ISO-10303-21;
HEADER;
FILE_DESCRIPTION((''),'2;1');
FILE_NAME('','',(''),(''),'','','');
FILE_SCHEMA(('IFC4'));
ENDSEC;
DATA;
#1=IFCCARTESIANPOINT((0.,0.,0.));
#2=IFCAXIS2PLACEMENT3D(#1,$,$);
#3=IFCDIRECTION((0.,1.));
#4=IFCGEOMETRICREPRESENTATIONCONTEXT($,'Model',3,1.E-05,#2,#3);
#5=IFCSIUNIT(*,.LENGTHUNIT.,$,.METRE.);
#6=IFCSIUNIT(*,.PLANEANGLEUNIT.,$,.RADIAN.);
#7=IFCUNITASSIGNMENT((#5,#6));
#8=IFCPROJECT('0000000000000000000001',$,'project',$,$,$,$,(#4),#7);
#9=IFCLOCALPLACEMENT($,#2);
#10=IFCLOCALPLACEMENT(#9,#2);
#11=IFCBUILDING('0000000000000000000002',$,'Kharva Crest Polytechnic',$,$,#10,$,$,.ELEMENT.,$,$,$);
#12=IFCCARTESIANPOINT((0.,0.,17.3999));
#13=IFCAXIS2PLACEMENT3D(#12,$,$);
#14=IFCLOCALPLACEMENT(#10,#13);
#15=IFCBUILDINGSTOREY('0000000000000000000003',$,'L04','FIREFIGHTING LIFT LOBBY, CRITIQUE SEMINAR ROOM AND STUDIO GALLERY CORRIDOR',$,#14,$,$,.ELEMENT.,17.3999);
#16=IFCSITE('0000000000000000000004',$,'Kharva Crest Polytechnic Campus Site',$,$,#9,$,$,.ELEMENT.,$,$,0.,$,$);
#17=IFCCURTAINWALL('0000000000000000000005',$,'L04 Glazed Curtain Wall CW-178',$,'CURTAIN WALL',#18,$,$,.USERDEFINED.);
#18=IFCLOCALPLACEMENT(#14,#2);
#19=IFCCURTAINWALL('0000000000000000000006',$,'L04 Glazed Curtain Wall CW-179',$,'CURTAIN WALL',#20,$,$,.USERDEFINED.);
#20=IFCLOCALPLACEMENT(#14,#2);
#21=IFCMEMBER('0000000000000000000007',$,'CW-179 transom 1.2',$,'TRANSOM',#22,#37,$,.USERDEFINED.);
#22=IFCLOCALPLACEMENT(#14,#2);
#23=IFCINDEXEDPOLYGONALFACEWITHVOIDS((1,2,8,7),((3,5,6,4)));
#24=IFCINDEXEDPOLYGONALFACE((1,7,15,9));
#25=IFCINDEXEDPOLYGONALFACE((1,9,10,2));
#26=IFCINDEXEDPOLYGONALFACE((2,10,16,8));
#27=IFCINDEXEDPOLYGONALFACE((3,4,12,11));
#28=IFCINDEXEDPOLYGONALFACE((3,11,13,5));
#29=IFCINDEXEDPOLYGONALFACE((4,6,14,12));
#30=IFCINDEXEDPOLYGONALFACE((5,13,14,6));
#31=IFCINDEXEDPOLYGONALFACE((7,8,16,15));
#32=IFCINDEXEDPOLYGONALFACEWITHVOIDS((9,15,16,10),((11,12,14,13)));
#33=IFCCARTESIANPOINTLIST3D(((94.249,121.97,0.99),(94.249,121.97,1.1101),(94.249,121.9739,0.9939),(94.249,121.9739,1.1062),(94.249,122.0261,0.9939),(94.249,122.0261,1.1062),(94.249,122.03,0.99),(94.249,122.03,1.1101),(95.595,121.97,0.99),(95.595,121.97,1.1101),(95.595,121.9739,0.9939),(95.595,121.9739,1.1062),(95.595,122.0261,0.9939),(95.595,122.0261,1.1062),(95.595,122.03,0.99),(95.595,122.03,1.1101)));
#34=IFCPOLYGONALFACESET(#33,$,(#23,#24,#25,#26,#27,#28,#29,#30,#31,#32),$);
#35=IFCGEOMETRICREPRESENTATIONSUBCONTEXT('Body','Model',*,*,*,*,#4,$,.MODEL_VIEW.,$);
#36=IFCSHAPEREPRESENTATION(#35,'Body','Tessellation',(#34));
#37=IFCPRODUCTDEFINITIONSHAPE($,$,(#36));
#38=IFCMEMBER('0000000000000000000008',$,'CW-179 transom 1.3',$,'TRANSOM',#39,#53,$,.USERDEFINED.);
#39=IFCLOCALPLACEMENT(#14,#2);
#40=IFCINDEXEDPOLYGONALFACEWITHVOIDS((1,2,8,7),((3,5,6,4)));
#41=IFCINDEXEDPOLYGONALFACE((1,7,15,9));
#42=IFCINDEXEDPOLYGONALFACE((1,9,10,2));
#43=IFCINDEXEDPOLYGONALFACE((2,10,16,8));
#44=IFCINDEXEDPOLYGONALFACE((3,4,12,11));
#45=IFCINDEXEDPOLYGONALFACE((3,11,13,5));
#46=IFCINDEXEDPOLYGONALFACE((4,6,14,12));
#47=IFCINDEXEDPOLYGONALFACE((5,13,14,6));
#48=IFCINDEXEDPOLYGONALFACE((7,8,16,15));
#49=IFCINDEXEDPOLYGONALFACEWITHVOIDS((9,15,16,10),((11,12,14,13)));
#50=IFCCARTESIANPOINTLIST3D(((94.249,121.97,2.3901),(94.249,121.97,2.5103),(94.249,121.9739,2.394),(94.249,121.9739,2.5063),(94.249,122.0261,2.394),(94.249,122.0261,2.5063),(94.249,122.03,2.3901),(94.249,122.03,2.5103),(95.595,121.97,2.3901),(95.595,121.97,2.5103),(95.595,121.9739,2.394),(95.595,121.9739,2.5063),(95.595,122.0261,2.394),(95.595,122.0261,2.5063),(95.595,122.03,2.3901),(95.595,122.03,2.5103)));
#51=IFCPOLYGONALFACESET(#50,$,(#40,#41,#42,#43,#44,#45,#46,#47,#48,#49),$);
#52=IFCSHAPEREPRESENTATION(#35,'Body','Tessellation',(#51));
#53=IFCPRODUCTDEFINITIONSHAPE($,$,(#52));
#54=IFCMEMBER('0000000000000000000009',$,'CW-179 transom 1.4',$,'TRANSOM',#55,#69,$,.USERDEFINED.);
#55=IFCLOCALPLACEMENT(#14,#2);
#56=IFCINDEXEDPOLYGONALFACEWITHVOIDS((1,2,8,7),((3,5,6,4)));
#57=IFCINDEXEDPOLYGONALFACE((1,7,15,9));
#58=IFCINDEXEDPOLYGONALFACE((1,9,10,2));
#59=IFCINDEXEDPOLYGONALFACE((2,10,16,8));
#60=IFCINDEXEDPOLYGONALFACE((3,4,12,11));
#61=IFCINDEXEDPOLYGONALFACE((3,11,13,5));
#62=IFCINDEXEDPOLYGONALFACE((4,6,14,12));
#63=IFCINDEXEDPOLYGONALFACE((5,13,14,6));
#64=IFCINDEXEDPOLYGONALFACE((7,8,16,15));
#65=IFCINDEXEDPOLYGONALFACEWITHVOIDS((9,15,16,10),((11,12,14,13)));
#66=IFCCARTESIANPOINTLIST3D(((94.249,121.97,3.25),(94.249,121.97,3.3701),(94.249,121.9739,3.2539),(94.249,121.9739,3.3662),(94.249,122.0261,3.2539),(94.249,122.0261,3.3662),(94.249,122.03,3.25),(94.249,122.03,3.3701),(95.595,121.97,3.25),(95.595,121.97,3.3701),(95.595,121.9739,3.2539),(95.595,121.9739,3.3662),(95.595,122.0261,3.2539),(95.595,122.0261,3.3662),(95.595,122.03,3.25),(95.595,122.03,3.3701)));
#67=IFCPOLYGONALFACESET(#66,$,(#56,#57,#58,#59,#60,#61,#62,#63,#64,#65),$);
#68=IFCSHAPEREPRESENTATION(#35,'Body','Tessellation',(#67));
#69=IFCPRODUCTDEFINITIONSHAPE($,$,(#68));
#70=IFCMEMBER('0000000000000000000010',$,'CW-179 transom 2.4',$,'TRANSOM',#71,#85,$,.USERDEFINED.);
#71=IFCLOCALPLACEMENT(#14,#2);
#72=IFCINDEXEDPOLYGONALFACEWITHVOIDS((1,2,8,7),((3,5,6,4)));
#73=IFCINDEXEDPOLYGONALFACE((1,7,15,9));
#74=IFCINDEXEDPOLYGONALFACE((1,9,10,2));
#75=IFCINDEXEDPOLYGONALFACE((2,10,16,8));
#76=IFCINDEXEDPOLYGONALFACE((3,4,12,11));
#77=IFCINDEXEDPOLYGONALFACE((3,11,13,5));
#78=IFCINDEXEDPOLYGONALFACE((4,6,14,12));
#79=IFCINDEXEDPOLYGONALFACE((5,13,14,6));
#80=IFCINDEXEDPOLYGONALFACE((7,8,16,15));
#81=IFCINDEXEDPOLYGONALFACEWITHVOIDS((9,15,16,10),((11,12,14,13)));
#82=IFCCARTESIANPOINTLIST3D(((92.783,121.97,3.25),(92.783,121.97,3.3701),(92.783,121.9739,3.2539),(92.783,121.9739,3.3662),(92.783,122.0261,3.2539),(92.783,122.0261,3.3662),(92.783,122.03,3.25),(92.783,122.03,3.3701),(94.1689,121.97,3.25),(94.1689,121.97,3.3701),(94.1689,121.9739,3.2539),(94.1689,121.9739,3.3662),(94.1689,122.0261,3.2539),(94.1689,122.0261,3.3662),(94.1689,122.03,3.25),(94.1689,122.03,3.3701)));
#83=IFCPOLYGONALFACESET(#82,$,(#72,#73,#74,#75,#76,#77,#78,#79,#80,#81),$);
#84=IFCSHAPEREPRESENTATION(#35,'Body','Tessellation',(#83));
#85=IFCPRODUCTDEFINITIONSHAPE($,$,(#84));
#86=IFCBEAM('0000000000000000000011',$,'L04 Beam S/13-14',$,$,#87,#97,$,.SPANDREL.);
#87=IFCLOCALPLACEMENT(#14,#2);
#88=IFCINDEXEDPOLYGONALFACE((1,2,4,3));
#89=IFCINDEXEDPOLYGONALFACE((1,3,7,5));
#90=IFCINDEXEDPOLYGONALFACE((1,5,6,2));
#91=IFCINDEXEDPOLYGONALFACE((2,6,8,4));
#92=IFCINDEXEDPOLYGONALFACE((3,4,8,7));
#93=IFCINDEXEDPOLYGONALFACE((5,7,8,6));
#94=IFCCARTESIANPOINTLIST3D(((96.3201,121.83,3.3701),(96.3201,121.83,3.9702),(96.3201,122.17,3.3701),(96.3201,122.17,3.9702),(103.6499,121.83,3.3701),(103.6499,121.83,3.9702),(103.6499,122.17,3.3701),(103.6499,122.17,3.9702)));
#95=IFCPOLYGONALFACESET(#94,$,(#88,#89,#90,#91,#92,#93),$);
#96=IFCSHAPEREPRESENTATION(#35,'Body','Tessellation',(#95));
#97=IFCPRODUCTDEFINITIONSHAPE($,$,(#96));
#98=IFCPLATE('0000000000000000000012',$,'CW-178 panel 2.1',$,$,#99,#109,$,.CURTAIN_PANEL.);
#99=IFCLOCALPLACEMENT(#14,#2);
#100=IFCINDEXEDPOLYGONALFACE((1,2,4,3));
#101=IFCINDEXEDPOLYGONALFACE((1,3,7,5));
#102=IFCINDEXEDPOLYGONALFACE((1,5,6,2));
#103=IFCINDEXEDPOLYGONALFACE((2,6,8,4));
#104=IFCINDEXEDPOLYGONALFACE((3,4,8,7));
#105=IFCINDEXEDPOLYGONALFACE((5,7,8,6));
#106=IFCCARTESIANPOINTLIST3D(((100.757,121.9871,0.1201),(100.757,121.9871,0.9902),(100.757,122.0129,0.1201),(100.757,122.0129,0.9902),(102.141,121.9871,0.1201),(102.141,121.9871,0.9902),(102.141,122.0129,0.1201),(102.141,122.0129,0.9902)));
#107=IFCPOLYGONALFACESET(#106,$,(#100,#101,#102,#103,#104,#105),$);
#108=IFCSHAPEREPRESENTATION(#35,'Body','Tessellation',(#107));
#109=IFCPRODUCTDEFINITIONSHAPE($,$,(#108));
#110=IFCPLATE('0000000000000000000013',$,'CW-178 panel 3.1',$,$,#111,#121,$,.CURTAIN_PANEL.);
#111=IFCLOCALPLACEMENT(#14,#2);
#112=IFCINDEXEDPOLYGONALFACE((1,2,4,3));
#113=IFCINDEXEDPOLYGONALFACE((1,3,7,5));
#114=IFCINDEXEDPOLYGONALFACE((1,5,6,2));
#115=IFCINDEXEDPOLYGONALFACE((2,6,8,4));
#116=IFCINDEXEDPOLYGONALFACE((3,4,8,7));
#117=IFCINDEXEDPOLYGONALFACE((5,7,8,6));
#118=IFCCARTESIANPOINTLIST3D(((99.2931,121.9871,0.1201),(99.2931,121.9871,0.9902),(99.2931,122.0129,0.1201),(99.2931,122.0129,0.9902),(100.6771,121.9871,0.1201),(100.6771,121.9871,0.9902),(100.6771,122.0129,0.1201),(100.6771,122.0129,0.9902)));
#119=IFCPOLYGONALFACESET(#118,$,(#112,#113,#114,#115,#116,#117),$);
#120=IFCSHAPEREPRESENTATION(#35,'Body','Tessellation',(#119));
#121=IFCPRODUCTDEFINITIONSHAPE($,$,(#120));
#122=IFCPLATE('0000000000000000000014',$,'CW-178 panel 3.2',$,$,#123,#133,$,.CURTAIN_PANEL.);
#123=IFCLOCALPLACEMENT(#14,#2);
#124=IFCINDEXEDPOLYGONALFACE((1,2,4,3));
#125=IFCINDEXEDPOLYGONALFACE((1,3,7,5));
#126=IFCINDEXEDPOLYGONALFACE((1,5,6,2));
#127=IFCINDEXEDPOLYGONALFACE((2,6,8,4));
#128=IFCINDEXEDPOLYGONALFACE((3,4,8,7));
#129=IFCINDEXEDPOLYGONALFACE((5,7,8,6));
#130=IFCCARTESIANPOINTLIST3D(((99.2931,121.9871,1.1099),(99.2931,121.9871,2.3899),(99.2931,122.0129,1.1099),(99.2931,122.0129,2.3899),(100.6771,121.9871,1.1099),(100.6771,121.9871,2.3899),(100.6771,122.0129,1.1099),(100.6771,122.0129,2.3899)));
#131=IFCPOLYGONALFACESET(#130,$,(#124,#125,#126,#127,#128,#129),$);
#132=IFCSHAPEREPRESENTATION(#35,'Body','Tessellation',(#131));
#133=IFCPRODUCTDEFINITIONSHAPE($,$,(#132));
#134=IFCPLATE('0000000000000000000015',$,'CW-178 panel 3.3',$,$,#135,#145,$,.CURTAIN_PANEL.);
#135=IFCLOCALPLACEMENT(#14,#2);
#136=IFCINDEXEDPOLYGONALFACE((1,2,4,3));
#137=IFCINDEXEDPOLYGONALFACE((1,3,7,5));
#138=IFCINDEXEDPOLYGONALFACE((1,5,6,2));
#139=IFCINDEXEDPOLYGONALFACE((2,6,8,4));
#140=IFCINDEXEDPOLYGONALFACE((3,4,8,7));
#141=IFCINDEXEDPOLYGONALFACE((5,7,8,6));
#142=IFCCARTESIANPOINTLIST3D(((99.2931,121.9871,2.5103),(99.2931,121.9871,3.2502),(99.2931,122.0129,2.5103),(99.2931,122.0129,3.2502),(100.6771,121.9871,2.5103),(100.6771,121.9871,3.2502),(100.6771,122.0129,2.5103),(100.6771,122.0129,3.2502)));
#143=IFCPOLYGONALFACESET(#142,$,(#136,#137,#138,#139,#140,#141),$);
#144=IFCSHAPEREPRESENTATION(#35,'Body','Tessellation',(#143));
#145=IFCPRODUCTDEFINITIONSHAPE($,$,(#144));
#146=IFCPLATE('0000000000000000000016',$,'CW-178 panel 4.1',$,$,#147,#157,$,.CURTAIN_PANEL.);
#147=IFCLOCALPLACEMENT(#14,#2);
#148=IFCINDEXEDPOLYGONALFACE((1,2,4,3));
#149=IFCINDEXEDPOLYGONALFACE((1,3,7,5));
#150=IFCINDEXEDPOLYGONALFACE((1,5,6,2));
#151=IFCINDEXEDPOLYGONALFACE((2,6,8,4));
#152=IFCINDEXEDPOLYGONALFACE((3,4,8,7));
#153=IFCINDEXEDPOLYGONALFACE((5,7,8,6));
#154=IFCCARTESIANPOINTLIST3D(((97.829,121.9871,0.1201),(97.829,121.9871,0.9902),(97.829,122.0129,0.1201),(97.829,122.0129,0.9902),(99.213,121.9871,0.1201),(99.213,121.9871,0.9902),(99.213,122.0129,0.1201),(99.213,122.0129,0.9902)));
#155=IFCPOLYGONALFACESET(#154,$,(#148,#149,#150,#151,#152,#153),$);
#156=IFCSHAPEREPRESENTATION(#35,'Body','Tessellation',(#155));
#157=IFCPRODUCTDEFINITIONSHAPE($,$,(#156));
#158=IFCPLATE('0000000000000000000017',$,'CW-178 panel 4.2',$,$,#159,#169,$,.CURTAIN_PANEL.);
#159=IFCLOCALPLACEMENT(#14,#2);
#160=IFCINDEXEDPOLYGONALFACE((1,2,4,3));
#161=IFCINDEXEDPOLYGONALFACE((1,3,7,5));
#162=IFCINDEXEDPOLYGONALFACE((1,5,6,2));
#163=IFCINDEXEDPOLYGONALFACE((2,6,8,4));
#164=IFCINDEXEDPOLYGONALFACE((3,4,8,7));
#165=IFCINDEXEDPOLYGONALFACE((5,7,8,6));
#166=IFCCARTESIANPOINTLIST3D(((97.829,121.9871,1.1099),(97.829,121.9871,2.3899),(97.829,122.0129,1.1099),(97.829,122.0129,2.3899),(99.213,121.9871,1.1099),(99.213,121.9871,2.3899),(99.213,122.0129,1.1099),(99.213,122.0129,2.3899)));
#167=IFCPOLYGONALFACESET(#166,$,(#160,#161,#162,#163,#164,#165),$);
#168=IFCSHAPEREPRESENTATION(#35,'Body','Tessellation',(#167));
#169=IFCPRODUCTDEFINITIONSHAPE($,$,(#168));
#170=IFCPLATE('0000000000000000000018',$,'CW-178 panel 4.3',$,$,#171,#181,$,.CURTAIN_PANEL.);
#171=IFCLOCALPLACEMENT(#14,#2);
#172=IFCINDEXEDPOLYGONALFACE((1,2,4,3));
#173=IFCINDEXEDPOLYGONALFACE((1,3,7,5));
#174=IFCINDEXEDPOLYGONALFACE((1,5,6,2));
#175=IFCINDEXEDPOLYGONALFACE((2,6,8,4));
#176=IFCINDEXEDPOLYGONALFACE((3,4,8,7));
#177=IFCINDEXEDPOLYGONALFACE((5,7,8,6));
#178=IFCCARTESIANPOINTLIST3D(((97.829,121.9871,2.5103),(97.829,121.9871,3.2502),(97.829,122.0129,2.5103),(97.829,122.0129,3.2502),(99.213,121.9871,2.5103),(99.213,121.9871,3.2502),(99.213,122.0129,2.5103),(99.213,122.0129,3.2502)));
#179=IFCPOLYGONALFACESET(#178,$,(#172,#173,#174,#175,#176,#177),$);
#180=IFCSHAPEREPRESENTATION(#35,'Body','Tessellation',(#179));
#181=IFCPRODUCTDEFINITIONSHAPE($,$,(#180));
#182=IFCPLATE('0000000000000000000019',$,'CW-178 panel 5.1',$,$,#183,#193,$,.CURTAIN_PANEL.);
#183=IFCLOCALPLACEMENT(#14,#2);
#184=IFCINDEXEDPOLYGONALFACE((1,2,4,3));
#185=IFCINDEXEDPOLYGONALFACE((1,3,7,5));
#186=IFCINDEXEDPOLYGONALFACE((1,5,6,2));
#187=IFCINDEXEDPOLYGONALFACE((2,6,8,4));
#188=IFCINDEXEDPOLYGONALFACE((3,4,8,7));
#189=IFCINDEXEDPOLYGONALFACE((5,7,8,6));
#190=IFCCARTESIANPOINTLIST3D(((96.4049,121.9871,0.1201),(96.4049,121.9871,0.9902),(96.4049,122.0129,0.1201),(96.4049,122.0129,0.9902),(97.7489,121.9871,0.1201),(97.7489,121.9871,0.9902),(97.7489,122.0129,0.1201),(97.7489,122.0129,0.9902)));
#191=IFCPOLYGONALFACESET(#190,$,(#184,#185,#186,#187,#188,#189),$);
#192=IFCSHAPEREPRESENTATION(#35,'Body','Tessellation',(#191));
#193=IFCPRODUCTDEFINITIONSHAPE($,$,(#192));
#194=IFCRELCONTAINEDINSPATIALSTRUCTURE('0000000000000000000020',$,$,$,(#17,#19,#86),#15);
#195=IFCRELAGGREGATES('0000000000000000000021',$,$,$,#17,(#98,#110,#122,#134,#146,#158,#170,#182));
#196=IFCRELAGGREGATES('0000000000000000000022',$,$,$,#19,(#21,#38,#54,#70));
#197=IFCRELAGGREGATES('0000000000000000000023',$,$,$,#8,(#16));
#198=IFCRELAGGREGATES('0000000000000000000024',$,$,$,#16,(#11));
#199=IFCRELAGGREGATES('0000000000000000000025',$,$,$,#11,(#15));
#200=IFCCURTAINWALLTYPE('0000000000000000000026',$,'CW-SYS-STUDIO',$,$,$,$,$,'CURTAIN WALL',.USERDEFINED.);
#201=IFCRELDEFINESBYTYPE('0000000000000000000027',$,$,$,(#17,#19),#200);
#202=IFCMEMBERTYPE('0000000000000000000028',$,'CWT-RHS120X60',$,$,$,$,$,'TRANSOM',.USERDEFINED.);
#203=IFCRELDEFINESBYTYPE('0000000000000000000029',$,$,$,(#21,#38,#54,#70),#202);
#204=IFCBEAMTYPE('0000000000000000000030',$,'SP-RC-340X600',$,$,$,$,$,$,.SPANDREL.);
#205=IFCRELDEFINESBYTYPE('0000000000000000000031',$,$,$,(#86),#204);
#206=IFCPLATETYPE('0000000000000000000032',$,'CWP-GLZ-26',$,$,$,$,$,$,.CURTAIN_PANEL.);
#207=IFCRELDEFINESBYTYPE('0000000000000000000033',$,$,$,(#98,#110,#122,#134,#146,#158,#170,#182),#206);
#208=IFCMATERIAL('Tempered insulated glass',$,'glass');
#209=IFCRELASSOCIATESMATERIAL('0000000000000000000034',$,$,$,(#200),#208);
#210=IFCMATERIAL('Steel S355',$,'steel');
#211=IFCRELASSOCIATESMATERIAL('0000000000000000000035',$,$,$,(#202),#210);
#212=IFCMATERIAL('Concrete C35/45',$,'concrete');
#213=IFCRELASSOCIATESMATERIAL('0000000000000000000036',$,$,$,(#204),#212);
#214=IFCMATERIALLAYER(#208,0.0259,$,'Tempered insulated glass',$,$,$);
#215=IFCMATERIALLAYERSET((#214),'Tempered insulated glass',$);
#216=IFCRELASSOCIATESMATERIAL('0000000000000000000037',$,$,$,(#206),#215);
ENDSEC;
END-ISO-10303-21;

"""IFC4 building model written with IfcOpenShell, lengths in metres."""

from ifc_helpers import new_model, si_unit, direction, frame, origin, origin_2d, place, context, subcontext, project, spatial, rectangle, hollow_rectangle, extrude, material, layer, layer_set, material_profile, profile_set, type_object, element, aggregate, save


model = new_model("IFC4")

# Units and contexts
model_context = context("Model", 3, precision=1e-05, world=origin(), true_north=direction((0.0, 1.0)))
body_context = subcontext(model_context, "Body", "Model", "MODEL_VIEW")
ifc_project = project(units=[si_unit("LENGTHUNIT", "METRE"), si_unit("PLANEANGLEUNIT", "RADIAN")], contexts=[model_context])

# Site, building, storey
site_placement = place(None, origin())
site = spatial("IfcSite", under=ifc_project, at=site_placement, Name="Kharva Crest Polytechnic Campus Site", CompositionType="ELEMENT", RefElevation=0.0)
building_placement = place(site_placement, origin())
building = spatial("IfcBuilding", under=site, at=building_placement, Name="Kharva Crest Polytechnic", CompositionType="ELEMENT")
storey_placement = place(building_placement, frame((0.0, 0.0, 17.3999)))
storey = spatial("IfcBuildingStorey", under=building, at=storey_placement, Name="L04", Description="FIREFIGHTING LIFT LOBBY, CRITIQUE SEMINAR ROOM AND STUDIO GALLERY CORRIDOR", CompositionType="ELEMENT", Elevation=17.3999)

# Curtain walls
ifc_material_1 = material(Name="Tempered insulated glass", Category="glass")
curtain_wall_type = type_object("IfcCurtainWallType", Name="CW-SYS-STUDIO", ElementType="CURTAIN WALL", PredefinedType="USERDEFINED", material=ifc_material_1)
curtain_wall_1_placement = place(storey_placement, origin())
curtain_wall_1 = element("IfcCurtainWall", 1, at=curtain_wall_1_placement, inside=storey, type_object=curtain_wall_type, Name="L04 Glazed Curtain Wall CW-178", ObjectType="CURTAIN WALL", PredefinedType="USERDEFINED")
ifc_material_2 = material(Name="Steel S355", Category="steel")
curtain_wall_2_placement = place(storey_placement, origin())
curtain_wall_2 = element("IfcCurtainWall", 2, at=curtain_wall_2_placement, inside=storey, type_object=curtain_wall_type, Name="L04 Glazed Curtain Wall CW-179", ObjectType="CURTAIN WALL", PredefinedType="USERDEFINED")

# Members
ifc_material_profile_1 = material_profile(ifc_material_2, hollow_rectangle(XDim=0.0601, YDim=0.1201, WallThickness=0.0039, at=origin_2d()), Name="RHS 120X60X4.0")
ifc_profile_set_1 = profile_set([ifc_material_profile_1], Name="Steel S355")
member_type_1 = type_object("IfcMemberType", Name="CWT-RHS120X60", ElementType="TRANSOM", PredefinedType="USERDEFINED", material=ifc_profile_set_1)
member_1_placement = place(storey_placement, frame((95.595, 122.0, 1.05), z_axis=(-1.0, 0.0, 0.0), x_axis=(0.0, -1.0, 0.0)))
member_1 = element("IfcMember", 3, at=member_1_placement, type_object=member_type_1, Name="CW-179 transom 1.2", ObjectType="TRANSOM", PredefinedType="USERDEFINED", context=body_context, shape_type="SweptSolid", body=[
    extrude(hollow_rectangle(XDim=0.0601, YDim=0.1201, WallThickness=0.0039, at=origin_2d()), origin(), (0.0, 0.0, 1.0), 1.3459),
])
member_2_placement = place(storey_placement, frame((95.595, 122.0, 2.4502), z_axis=(-1.0, 0.0, 0.0), x_axis=(0.0, -1.0, 0.0)))
member_2 = element("IfcMember", 4, at=member_2_placement, type_object=member_type_1, Name="CW-179 transom 1.3", ObjectType="TRANSOM", PredefinedType="USERDEFINED", context=body_context, shape_type="SweptSolid", body=[
    extrude(hollow_rectangle(XDim=0.0601, YDim=0.1201, WallThickness=0.0039, at=origin_2d()), origin(), (0.0, 0.0, 1.0), 1.3459),
])
member_3_placement = place(storey_placement, frame((95.595, 122.0, 3.3101), z_axis=(-1.0, 0.0, 0.0), x_axis=(0.0, -1.0, 0.0)))
member_3 = element("IfcMember", 5, at=member_3_placement, type_object=member_type_1, Name="CW-179 transom 1.4", ObjectType="TRANSOM", PredefinedType="USERDEFINED", context=body_context, shape_type="SweptSolid", body=[
    extrude(hollow_rectangle(XDim=0.0601, YDim=0.1201, WallThickness=0.0039, at=origin_2d()), origin(), (0.0, 0.0, 1.0), 1.3459),
])
member_4_placement = place(storey_placement, frame((94.1689, 122.0, 3.3101), z_axis=(-1.0, 0.0, 0.0), x_axis=(0.0, -1.0, 0.0)))
member_4 = element("IfcMember", 6, at=member_4_placement, type_object=member_type_1, Name="CW-179 transom 2.4", ObjectType="TRANSOM", PredefinedType="USERDEFINED", context=body_context, shape_type="SweptSolid", body=[
    extrude(hollow_rectangle(XDim=0.0601, YDim=0.1201, WallThickness=0.0039, at=origin_2d()), origin(), (0.0, 0.0, 1.0), 1.386),
])

# Beam
ifc_material_3 = material(Name="Concrete C35/45", Category="concrete")
ifc_material_profile_2 = material_profile(ifc_material_3, rectangle(XDim=0.3401, YDim=0.6001, at=origin_2d()), Name="RECT 340 X 600")
ifc_profile_set_2 = profile_set([ifc_material_profile_2], Name="Concrete C35/45")
beam_type = type_object("IfcBeamType", Name="SP-RC-340X600", PredefinedType="SPANDREL", material=ifc_profile_set_2)
beam_placement = place(storey_placement, frame((96.3201, 122.0, 3.6702), z_axis=(1.0, 0.0, 0.0), x_axis=(0.0, 1.0, 0.0)))
element("IfcBeam", 7, at=beam_placement, inside=storey, type_object=beam_type, Name="L04 Beam S/13-14", PredefinedType="SPANDREL", context=body_context, shape_type="SweptSolid", body=[
    extrude(rectangle(XDim=0.3401, YDim=0.6001, at=origin_2d()), origin(), (0.0, 0.0, 1.0), 7.3298),
])

# Plates
ifc_layer = layer(ifc_material_1, 0.0259, Name="Tempered insulated glass")
ifc_layer_set = layer_set([ifc_layer], Name="Tempered insulated glass")
plate_type = type_object("IfcPlateType", Name="CWP-GLZ-26", PredefinedType="CURTAIN_PANEL", material=ifc_layer_set)
plate_1_placement = place(storey_placement, frame((101.449, 122.0, 0.1201), z_axis=(0.0, 0.0, 1.0), x_axis=(-1.0, 0.0, 0.0)))
plate_1 = element("IfcPlate", 8, at=plate_1_placement, type_object=plate_type, Name="CW-178 panel 2.1", PredefinedType="CURTAIN_PANEL", context=body_context, shape_type="SweptSolid", body=[
    extrude(rectangle(XDim=1.384, YDim=0.0259, at=origin_2d()), origin(), (0.0, 0.0, 1.0), 0.8701),
])
plate_2_placement = place(storey_placement, frame((99.9851, 122.0, 0.1201), z_axis=(0.0, 0.0, 1.0), x_axis=(-1.0, 0.0, 0.0)))
plate_2 = element("IfcPlate", 9, at=plate_2_placement, type_object=plate_type, Name="CW-178 panel 3.1", PredefinedType="CURTAIN_PANEL", context=body_context, shape_type="SweptSolid", body=[
    extrude(rectangle(XDim=1.384, YDim=0.0259, at=origin_2d()), origin(), (0.0, 0.0, 1.0), 0.8701),
])
plate_3_placement = place(storey_placement, frame((99.9851, 122.0, 1.1099), z_axis=(0.0, 0.0, 1.0), x_axis=(-1.0, 0.0, 0.0)))
plate_3 = element("IfcPlate", 10, at=plate_3_placement, type_object=plate_type, Name="CW-178 panel 3.2", PredefinedType="CURTAIN_PANEL", context=body_context, shape_type="SweptSolid", body=[
    extrude(rectangle(XDim=1.384, YDim=0.0259, at=origin_2d()), origin(), (0.0, 0.0, 1.0), 1.28),
])
plate_4_placement = place(storey_placement, frame((99.9851, 122.0, 2.5103), z_axis=(0.0, 0.0, 1.0), x_axis=(-1.0, 0.0, 0.0)))
plate_4 = element("IfcPlate", 11, at=plate_4_placement, type_object=plate_type, Name="CW-178 panel 3.3", PredefinedType="CURTAIN_PANEL", context=body_context, shape_type="SweptSolid", body=[
    extrude(rectangle(XDim=1.384, YDim=0.0259, at=origin_2d()), origin(), (0.0, 0.0, 1.0), 0.74),
])
plate_5_placement = place(storey_placement, frame((98.521, 122.0, 0.1201), z_axis=(0.0, 0.0, 1.0), x_axis=(-1.0, 0.0, 0.0)))
plate_5 = element("IfcPlate", 12, at=plate_5_placement, type_object=plate_type, Name="CW-178 panel 4.1", PredefinedType="CURTAIN_PANEL", context=body_context, shape_type="SweptSolid", body=[
    extrude(rectangle(XDim=1.384, YDim=0.0259, at=origin_2d()), origin(), (0.0, 0.0, 1.0), 0.8701),
])
plate_6_placement = place(storey_placement, frame((98.521, 122.0, 1.1099), z_axis=(0.0, 0.0, 1.0), x_axis=(-1.0, 0.0, 0.0)))
plate_6 = element("IfcPlate", 13, at=plate_6_placement, type_object=plate_type, Name="CW-178 panel 4.2", PredefinedType="CURTAIN_PANEL", context=body_context, shape_type="SweptSolid", body=[
    extrude(rectangle(XDim=1.384, YDim=0.0259, at=origin_2d()), origin(), (0.0, 0.0, 1.0), 1.28),
])
plate_7_placement = place(storey_placement, frame((98.521, 122.0, 2.5103), z_axis=(0.0, 0.0, 1.0), x_axis=(-1.0, 0.0, 0.0)))
plate_7 = element("IfcPlate", 14, at=plate_7_placement, type_object=plate_type, Name="CW-178 panel 4.3", PredefinedType="CURTAIN_PANEL", context=body_context, shape_type="SweptSolid", body=[
    extrude(rectangle(XDim=1.384, YDim=0.0259, at=origin_2d()), origin(), (0.0, 0.0, 1.0), 0.74),
])
plate_8_placement = place(storey_placement, frame((97.0769, 122.0, 0.1201), z_axis=(0.0, 0.0, 1.0), x_axis=(-1.0, 0.0, 0.0)))
plate_8 = element("IfcPlate", 15, at=plate_8_placement, type_object=plate_type, Name="CW-178 panel 5.1", PredefinedType="CURTAIN_PANEL", context=body_context, shape_type="SweptSolid", body=[
    extrude(rectangle(XDim=1.344, YDim=0.0259, at=origin_2d()), origin(), (0.0, 0.0, 1.0), 0.8701),
])
aggregate(curtain_wall_1, [plate_1, plate_2, plate_3, plate_4, plate_5, plate_6, plate_7, plate_8])
aggregate(curtain_wall_2, [member_1, member_2, member_3, member_4])

save(model, "model.ifc")
